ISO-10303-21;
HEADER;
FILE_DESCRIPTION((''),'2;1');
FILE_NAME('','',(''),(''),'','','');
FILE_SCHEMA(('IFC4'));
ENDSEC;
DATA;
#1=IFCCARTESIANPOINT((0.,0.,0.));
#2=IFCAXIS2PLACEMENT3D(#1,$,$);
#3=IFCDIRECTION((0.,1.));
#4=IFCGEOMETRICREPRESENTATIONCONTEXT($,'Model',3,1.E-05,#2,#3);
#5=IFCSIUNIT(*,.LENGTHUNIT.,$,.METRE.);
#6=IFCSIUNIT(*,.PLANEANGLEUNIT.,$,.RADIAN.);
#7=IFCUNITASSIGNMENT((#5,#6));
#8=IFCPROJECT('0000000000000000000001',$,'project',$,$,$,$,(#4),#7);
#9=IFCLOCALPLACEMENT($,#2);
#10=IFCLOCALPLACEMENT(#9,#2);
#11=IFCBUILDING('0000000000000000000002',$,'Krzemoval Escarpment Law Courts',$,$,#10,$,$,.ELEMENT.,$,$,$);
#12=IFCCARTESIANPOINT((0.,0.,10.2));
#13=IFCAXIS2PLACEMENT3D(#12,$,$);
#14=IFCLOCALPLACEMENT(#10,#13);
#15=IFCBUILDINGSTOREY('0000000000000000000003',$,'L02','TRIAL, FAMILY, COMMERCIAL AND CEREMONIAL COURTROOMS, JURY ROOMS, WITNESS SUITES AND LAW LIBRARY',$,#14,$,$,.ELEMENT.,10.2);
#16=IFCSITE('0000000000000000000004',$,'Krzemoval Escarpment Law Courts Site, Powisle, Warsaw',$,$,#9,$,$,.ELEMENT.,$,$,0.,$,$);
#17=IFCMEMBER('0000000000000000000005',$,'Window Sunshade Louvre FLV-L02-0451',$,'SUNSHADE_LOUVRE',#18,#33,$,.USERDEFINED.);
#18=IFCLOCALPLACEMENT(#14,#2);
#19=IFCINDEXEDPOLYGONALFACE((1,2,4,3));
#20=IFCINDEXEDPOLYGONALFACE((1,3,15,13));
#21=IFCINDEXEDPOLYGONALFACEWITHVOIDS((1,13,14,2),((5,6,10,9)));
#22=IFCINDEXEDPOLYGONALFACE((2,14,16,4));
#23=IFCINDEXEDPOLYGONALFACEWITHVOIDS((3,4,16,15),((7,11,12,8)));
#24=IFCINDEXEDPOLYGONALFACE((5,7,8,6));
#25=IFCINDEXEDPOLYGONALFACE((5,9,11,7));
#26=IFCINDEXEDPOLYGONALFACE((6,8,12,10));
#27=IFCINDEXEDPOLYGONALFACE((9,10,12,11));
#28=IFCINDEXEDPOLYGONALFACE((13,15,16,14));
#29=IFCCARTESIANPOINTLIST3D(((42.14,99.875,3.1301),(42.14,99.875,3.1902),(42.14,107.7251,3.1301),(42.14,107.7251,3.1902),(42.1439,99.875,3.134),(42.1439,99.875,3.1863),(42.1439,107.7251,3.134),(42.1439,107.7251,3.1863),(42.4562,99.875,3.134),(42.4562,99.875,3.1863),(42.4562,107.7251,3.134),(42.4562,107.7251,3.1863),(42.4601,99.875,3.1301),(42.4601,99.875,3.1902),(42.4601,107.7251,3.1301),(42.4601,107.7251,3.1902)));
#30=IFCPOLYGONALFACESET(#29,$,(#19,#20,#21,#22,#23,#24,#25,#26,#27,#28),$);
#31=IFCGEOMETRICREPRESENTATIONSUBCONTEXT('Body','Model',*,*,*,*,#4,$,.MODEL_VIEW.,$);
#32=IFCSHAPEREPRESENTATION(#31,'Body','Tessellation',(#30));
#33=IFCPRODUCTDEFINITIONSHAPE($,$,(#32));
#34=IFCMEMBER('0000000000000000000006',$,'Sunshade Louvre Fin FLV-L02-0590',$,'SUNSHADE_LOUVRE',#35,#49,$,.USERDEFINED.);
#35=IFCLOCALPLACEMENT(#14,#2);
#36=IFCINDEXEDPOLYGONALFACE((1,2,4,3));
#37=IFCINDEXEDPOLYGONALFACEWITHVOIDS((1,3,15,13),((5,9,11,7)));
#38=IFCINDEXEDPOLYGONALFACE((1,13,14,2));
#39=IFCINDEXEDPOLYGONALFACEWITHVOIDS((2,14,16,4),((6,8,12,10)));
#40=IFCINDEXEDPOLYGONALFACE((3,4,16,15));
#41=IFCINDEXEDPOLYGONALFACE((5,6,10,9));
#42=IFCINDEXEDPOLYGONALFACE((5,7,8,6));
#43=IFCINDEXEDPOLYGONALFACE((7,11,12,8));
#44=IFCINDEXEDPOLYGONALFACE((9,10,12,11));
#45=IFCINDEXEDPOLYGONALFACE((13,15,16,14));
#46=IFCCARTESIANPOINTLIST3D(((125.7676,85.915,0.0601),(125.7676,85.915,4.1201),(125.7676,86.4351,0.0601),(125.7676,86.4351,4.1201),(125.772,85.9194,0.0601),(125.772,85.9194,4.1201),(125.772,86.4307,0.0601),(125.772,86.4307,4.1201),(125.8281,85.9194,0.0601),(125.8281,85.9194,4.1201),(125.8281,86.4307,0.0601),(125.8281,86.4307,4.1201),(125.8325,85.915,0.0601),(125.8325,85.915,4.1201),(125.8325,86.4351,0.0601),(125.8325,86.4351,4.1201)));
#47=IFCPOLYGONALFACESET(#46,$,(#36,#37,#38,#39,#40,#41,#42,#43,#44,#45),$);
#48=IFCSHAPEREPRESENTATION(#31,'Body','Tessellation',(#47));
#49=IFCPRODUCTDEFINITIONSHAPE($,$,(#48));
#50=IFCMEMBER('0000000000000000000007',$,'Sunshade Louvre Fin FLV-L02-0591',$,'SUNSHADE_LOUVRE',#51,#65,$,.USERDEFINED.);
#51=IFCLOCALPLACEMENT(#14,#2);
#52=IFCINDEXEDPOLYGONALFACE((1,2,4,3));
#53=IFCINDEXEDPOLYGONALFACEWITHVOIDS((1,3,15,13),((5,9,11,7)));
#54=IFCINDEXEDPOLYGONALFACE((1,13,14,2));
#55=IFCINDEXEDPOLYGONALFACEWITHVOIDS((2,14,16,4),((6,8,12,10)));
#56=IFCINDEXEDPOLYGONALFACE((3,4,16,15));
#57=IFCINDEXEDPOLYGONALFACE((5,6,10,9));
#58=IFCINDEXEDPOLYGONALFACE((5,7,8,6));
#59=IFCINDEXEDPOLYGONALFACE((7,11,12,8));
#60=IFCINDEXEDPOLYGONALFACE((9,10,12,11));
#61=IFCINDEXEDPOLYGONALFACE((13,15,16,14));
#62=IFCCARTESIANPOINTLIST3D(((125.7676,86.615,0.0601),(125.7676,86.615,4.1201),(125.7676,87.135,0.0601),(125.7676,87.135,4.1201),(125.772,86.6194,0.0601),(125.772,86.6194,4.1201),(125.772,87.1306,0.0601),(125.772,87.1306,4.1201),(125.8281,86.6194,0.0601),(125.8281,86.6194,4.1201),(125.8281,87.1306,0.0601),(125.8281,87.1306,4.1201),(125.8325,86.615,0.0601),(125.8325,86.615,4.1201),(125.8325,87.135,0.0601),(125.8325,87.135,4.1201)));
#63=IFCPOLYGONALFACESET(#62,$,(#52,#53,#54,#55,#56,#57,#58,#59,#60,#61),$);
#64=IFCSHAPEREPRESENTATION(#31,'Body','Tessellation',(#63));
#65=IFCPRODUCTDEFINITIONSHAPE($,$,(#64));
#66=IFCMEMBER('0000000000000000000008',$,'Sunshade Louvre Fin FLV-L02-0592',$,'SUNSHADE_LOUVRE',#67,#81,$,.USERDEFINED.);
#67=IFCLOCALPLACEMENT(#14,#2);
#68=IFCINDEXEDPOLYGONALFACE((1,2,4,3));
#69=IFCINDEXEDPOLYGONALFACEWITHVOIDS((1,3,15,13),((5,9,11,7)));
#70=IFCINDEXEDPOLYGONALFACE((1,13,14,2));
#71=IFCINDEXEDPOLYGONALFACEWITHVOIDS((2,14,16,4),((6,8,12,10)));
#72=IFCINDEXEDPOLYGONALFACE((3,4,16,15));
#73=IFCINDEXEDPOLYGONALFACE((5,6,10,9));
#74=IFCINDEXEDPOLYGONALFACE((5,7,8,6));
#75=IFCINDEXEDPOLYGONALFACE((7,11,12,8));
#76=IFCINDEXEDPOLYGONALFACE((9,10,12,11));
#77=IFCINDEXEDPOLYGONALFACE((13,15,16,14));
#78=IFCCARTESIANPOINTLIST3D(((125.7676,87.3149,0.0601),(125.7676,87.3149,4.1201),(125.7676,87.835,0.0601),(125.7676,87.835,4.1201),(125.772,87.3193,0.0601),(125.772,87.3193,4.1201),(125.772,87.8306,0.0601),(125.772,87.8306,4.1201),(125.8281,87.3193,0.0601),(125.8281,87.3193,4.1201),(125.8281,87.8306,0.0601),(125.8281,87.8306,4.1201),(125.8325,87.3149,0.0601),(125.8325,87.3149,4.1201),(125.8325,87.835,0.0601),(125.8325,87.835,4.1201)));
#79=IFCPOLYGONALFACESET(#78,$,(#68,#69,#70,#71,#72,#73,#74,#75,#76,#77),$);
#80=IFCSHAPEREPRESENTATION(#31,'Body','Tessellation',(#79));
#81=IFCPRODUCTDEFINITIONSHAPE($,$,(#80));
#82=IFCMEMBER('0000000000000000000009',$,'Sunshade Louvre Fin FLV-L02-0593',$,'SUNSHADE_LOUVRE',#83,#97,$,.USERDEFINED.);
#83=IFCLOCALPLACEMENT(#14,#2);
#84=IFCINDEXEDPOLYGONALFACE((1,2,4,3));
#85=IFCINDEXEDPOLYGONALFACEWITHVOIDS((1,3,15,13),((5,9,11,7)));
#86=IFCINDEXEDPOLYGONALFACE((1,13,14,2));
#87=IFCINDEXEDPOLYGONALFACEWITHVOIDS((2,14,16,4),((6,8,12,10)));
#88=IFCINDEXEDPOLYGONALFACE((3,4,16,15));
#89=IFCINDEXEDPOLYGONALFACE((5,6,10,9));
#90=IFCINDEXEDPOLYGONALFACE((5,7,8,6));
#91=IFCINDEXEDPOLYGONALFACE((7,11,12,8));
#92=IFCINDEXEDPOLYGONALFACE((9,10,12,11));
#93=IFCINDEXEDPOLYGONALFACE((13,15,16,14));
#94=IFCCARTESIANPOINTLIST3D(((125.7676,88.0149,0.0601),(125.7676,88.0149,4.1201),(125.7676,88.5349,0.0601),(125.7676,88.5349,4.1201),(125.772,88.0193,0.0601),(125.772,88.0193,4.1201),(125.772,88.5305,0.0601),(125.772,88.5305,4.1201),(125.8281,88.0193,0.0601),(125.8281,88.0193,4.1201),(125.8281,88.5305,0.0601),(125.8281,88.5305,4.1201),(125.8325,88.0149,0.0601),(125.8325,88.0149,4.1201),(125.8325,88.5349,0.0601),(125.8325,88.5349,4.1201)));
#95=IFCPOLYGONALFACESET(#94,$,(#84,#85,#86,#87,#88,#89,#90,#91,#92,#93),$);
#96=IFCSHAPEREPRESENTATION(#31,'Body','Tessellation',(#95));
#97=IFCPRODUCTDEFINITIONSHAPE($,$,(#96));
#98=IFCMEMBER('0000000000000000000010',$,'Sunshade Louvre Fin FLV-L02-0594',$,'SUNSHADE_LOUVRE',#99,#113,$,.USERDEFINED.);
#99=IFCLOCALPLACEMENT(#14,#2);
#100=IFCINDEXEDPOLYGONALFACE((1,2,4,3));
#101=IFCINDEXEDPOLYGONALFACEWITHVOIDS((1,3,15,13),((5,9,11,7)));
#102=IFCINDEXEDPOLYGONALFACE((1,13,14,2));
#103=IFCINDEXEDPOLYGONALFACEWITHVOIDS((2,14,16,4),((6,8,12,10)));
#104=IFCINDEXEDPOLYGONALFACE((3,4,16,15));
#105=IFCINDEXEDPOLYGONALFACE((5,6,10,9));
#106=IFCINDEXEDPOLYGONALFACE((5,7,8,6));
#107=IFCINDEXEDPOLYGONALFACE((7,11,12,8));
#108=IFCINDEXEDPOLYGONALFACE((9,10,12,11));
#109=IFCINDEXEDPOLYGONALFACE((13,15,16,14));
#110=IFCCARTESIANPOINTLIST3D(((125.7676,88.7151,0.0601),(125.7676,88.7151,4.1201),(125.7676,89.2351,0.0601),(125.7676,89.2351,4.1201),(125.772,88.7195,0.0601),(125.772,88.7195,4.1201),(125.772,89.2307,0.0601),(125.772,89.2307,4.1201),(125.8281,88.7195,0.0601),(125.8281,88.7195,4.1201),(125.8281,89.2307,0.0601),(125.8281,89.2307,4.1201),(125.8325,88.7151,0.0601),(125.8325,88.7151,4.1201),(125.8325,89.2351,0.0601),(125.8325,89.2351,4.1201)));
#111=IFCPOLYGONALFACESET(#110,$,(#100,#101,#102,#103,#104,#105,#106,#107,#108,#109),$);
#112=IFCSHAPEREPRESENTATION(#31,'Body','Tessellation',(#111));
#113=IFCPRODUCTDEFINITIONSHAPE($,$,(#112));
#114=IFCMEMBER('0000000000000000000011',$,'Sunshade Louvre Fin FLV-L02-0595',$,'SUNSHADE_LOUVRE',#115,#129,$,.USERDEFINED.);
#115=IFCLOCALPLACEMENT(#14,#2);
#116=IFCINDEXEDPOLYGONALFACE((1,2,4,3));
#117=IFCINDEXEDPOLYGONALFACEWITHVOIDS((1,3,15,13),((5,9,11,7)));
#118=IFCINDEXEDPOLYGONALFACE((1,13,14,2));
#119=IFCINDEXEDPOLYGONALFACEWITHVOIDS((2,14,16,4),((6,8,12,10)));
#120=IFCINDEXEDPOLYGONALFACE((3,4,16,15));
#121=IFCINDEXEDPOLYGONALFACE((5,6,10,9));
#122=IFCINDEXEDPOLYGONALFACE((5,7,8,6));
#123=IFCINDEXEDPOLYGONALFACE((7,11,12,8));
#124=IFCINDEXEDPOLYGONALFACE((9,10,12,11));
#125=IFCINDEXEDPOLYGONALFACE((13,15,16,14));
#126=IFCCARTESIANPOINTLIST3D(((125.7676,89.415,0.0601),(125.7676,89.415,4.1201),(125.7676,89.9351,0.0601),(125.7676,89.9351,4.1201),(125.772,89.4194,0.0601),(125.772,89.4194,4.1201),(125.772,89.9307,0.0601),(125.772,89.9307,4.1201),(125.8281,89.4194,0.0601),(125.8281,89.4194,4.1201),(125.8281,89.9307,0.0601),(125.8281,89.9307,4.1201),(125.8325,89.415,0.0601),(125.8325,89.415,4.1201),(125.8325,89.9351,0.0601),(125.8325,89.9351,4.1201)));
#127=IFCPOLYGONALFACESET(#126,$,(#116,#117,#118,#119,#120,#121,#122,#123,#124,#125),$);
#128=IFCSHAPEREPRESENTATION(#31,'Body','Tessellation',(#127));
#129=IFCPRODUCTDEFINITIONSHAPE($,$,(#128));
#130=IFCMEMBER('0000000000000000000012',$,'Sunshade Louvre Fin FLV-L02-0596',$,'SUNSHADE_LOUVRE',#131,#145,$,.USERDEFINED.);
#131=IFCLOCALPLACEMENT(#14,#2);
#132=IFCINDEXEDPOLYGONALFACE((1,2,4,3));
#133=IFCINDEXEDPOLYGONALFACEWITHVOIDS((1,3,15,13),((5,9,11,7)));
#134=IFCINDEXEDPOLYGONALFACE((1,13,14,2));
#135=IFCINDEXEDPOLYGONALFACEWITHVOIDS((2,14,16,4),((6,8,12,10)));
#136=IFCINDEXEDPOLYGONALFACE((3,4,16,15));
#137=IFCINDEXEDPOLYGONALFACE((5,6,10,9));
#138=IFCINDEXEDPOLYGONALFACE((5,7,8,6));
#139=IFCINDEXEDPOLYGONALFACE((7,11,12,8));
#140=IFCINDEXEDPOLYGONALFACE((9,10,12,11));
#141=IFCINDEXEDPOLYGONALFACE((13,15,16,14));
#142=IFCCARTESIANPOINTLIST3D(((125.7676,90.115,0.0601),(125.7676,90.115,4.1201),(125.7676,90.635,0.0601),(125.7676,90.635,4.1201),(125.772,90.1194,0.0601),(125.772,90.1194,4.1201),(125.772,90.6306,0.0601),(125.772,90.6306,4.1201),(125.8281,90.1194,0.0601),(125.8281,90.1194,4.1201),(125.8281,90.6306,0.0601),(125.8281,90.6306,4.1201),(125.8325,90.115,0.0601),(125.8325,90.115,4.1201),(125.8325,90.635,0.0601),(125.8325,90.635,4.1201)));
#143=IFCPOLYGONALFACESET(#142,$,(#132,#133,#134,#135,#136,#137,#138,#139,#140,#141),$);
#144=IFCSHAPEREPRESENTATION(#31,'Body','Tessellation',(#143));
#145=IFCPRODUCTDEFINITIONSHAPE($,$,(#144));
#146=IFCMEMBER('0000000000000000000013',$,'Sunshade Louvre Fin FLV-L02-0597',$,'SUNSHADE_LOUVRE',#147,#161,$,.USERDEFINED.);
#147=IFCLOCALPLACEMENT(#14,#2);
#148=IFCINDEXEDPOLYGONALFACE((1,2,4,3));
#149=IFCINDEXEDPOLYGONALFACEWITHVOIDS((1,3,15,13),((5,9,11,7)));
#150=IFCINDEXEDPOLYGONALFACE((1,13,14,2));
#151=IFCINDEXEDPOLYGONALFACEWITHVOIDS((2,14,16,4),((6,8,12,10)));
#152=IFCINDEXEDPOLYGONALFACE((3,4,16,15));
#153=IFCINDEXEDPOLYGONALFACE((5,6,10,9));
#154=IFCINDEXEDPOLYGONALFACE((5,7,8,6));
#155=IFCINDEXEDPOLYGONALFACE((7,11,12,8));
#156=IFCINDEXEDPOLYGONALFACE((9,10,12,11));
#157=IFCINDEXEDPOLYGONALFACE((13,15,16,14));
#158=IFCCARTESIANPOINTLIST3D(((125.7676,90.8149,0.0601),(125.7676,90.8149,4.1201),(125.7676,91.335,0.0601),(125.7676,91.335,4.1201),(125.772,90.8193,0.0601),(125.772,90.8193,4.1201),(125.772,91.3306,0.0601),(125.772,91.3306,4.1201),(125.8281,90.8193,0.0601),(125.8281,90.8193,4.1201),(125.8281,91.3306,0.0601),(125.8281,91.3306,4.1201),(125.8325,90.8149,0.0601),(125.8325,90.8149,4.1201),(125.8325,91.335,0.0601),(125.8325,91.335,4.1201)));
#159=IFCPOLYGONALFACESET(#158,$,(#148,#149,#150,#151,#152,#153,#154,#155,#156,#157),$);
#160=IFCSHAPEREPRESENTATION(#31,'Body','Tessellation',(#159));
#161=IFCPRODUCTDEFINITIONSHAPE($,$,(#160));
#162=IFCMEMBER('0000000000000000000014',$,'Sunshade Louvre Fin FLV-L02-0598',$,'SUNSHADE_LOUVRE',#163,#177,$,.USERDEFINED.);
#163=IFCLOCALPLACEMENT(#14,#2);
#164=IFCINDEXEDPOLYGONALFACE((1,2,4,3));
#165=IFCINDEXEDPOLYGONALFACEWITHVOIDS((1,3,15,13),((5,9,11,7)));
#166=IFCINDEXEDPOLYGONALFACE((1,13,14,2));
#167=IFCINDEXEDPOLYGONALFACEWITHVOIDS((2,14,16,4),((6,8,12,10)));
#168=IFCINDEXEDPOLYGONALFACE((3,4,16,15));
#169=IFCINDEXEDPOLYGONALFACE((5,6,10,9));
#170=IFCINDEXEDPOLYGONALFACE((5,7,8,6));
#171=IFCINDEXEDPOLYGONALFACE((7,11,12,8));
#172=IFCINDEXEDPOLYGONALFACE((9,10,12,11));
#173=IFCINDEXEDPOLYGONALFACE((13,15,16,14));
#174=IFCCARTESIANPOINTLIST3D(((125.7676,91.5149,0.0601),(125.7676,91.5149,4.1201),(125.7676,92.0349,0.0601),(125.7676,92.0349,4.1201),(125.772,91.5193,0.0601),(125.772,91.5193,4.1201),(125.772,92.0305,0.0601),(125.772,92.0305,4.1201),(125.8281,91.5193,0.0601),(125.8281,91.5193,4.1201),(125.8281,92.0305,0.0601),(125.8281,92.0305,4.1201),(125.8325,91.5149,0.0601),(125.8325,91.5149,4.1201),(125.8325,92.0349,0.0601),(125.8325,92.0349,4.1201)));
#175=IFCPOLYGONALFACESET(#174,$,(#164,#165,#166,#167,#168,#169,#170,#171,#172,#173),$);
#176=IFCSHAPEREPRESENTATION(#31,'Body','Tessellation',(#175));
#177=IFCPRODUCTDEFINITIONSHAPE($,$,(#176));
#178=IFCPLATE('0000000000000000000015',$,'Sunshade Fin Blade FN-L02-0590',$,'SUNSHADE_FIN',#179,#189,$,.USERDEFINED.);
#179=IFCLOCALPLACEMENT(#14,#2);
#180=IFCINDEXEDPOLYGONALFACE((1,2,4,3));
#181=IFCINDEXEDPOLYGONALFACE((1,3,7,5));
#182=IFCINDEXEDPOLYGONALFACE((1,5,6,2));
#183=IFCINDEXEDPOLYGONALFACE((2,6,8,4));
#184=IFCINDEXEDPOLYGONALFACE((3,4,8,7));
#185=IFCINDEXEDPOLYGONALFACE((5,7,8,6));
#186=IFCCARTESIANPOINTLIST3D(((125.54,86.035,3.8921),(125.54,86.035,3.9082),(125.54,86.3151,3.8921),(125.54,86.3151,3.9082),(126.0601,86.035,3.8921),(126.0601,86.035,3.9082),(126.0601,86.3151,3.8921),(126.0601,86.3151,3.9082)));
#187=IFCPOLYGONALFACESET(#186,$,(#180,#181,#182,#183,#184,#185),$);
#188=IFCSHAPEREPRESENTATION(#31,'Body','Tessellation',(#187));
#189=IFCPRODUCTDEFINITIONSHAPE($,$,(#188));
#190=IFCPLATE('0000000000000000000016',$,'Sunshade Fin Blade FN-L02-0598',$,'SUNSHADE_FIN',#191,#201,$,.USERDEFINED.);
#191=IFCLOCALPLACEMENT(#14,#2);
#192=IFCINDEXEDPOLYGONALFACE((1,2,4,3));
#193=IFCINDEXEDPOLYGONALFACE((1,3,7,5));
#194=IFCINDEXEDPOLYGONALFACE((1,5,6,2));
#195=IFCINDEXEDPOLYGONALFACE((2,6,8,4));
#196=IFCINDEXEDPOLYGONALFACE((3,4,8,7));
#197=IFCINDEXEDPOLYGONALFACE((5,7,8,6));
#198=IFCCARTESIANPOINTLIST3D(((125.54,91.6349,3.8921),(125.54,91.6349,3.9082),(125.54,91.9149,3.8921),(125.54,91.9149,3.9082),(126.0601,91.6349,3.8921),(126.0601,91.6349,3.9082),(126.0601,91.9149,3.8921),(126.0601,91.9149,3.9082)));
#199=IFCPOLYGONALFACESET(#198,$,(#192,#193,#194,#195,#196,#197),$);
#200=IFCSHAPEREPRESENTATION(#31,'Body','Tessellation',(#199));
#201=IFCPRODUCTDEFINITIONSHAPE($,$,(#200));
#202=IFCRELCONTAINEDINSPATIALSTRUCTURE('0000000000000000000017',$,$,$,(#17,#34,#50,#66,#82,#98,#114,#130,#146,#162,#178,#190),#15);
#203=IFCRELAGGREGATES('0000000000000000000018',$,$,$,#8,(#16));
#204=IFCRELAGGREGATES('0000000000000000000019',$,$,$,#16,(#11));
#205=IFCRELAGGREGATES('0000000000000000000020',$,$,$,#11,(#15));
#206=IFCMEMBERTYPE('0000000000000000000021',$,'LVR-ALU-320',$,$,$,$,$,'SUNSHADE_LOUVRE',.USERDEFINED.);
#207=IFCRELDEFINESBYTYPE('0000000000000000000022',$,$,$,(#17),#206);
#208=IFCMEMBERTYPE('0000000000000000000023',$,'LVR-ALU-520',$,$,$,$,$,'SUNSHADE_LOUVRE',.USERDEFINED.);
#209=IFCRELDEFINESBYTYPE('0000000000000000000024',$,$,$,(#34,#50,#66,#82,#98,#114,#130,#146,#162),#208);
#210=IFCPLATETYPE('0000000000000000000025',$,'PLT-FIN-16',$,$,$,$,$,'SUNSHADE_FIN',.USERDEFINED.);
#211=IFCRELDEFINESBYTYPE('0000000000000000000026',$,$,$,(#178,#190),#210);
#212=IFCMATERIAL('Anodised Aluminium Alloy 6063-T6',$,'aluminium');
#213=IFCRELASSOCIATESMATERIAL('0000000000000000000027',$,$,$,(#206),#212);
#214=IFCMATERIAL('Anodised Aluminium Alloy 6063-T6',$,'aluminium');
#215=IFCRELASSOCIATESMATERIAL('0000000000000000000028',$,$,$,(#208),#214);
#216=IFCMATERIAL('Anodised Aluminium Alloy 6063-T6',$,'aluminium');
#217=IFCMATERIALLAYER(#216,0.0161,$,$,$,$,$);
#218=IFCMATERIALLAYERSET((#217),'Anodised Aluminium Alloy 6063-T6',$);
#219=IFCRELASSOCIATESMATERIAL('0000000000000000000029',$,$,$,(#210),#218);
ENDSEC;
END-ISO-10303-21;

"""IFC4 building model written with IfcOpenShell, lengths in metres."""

from ifc_helpers import new_model, si_unit, direction, frame, origin, origin_2d, place, context, subcontext, project, spatial, rectangle, hollow_rectangle, extrude, material, layer, layer_set, material_profile, profile_set, type_object, element, save


model = new_model("IFC4")

# Units and contexts
model_context = context("Model", 3, precision=1e-05, world=origin(), true_north=direction((0.0, 1.0)))
body_context = subcontext(model_context, "Body", "Model", "MODEL_VIEW")
ifc_project = project(units=[si_unit("LENGTHUNIT", "METRE"), si_unit("PLANEANGLEUNIT", "RADIAN")], contexts=[model_context])

# Site, building, storey
site_placement = place(None, origin())
site = spatial("IfcSite", under=ifc_project, at=site_placement, Name="Krzemoval Escarpment Law Courts Site, Powisle, Warsaw", CompositionType="ELEMENT", RefElevation=0.0)
building_placement = place(site_placement, origin())
building = spatial("IfcBuilding", under=site, at=building_placement, Name="Krzemoval Escarpment Law Courts", CompositionType="ELEMENT")
storey_placement = place(building_placement, frame((0.0, 0.0, 10.2)))
storey = spatial("IfcBuildingStorey", under=building, at=storey_placement, Name="L02", Description="TRIAL, FAMILY, COMMERCIAL AND CEREMONIAL COURTROOMS, JURY ROOMS, WITNESS SUITES AND LAW LIBRARY", CompositionType="ELEMENT", Elevation=10.2)

# Members
ifc_material_1 = material(Name="Anodised Aluminium Alloy 6063-T6", Category="aluminium")
ifc_material_profile_1 = material_profile(ifc_material_1, hollow_rectangle(XDim=0.0601, YDim=0.3201, WallThickness=0.0039, at=origin_2d()), Name="ALU LVR 60x320")
ifc_profile_set_1 = profile_set([ifc_material_profile_1], Name="Anodised Aluminium Alloy 6063-T6")
member_type_1 = type_object("IfcMemberType", Name="LVR-ALU-320", ElementType="SUNSHADE_LOUVRE", PredefinedType="USERDEFINED", material=ifc_profile_set_1)
member_placement = place(storey_placement, frame((42.3, 107.7251, 3.1602), z_axis=(0.0, -1.0, 0.0), x_axis=(0.0, 0.0, 1.0)))
element("IfcMember", 1, at=member_placement, inside=storey, type_object=member_type_1, Name="Window Sunshade Louvre FLV-L02-0451", ObjectType="SUNSHADE_LOUVRE", PredefinedType="USERDEFINED", context=body_context, shape_type="SweptSolid", body=[
    extrude(hollow_rectangle(XDim=0.0601, YDim=0.3201, WallThickness=0.0039, at=origin_2d()), origin(), (0.0, 0.0, 1.0), 7.8501),
])
ifc_material_2 = material(Name="Anodised Aluminium Alloy 6063-T6", Category="aluminium")
ifc_material_profile_2 = material_profile(ifc_material_2, hollow_rectangle(XDim=0.0649, YDim=0.52, WallThickness=0.0044, at=origin_2d()), Name="ALU LVR 65x520")
ifc_profile_set_2 = profile_set([ifc_material_profile_2], Name="Anodised Aluminium Alloy 6063-T6")
member_type_2 = type_object("IfcMemberType", Name="LVR-ALU-520", ElementType="SUNSHADE_LOUVRE", PredefinedType="USERDEFINED", material=ifc_profile_set_2)
for number, where, z_axis, x_axis, name in (
    (2, (125.8, 86.175, 0.0601), (0.0, 0.0, 1.0), (1.0, 0.0, 0.0), "Sunshade Louvre Fin FLV-L02-0590"),
    (3, (125.8, 86.875, 0.0601), (0.0, 0.0, 1.0), (1.0, 0.0, 0.0), "Sunshade Louvre Fin FLV-L02-0591"),
    (4, (125.8, 87.575, 0.0601), (0.0, 0.0, 1.0), (1.0, 0.0, 0.0), "Sunshade Louvre Fin FLV-L02-0592"),
    (5, (125.8, 88.2749, 0.0601), (0.0, 0.0, 1.0), (1.0, 0.0, 0.0), "Sunshade Louvre Fin FLV-L02-0593"),
    (6, (125.8, 88.9751, 0.0601), (0.0, 0.0, 1.0), (1.0, 0.0, 0.0), "Sunshade Louvre Fin FLV-L02-0594"),
    (7, (125.8, 89.675, 0.0601), (0.0, 0.0, 1.0), (1.0, 0.0, 0.0), "Sunshade Louvre Fin FLV-L02-0595"),
    (8, (125.8, 90.375, 0.0601), (0.0, 0.0, 1.0), (1.0, 0.0, 0.0), "Sunshade Louvre Fin FLV-L02-0596"),
    (9, (125.8, 91.075, 0.0601), (0.0, 0.0, 1.0), (1.0, 0.0, 0.0), "Sunshade Louvre Fin FLV-L02-0597"),
    (10, (125.8, 91.7749, 0.0601), (0.0, 0.0, 1.0), (1.0, 0.0, 0.0), "Sunshade Louvre Fin FLV-L02-0598"),
):
    element("IfcMember", number, at=place(storey_placement, frame(where, z_axis=z_axis, x_axis=x_axis)), inside=storey, type_object=member_type_2, Name=name, ObjectType="SUNSHADE_LOUVRE", PredefinedType="USERDEFINED", context=body_context, shape_type="SweptSolid", body=[
        extrude(hollow_rectangle(XDim=0.0649, YDim=0.52, WallThickness=0.0044, at=origin_2d()), origin(), (0.0, 0.0, 1.0), 4.0601),
    ])

# Plates
ifc_material_3 = material(Name="Anodised Aluminium Alloy 6063-T6", Category="aluminium")
ifc_layer = layer(ifc_material_3, 0.0161)
ifc_layer_set = layer_set([ifc_layer], Name="Anodised Aluminium Alloy 6063-T6")
plate_type = type_object("IfcPlateType", Name="PLT-FIN-16", ElementType="SUNSHADE_FIN", PredefinedType="USERDEFINED", material=ifc_layer_set)
for number, where, z_axis, x_axis, name in (
    (11, (125.8, 86.175, 3.8921), (0.0, 0.0, 1.0), (-1.0, 0.0, 0.0), "Sunshade Fin Blade FN-L02-0590"),
    (12, (125.8, 91.7749, 3.8921), (0.0, 0.0, 1.0), (-1.0, 0.0, 0.0), "Sunshade Fin Blade FN-L02-0598"),
):
    element("IfcPlate", number, at=place(storey_placement, frame(where, z_axis=z_axis, x_axis=x_axis)), inside=storey, type_object=plate_type, Name=name, ObjectType="SUNSHADE_FIN", PredefinedType="USERDEFINED", context=body_context, shape_type="SweptSolid", body=[
        extrude(rectangle(XDim=0.52, YDim=0.28, at=origin_2d()), origin(), (0.0, 0.0, 1.0), 0.0161),
    ])

save(model, "model.ifc")
